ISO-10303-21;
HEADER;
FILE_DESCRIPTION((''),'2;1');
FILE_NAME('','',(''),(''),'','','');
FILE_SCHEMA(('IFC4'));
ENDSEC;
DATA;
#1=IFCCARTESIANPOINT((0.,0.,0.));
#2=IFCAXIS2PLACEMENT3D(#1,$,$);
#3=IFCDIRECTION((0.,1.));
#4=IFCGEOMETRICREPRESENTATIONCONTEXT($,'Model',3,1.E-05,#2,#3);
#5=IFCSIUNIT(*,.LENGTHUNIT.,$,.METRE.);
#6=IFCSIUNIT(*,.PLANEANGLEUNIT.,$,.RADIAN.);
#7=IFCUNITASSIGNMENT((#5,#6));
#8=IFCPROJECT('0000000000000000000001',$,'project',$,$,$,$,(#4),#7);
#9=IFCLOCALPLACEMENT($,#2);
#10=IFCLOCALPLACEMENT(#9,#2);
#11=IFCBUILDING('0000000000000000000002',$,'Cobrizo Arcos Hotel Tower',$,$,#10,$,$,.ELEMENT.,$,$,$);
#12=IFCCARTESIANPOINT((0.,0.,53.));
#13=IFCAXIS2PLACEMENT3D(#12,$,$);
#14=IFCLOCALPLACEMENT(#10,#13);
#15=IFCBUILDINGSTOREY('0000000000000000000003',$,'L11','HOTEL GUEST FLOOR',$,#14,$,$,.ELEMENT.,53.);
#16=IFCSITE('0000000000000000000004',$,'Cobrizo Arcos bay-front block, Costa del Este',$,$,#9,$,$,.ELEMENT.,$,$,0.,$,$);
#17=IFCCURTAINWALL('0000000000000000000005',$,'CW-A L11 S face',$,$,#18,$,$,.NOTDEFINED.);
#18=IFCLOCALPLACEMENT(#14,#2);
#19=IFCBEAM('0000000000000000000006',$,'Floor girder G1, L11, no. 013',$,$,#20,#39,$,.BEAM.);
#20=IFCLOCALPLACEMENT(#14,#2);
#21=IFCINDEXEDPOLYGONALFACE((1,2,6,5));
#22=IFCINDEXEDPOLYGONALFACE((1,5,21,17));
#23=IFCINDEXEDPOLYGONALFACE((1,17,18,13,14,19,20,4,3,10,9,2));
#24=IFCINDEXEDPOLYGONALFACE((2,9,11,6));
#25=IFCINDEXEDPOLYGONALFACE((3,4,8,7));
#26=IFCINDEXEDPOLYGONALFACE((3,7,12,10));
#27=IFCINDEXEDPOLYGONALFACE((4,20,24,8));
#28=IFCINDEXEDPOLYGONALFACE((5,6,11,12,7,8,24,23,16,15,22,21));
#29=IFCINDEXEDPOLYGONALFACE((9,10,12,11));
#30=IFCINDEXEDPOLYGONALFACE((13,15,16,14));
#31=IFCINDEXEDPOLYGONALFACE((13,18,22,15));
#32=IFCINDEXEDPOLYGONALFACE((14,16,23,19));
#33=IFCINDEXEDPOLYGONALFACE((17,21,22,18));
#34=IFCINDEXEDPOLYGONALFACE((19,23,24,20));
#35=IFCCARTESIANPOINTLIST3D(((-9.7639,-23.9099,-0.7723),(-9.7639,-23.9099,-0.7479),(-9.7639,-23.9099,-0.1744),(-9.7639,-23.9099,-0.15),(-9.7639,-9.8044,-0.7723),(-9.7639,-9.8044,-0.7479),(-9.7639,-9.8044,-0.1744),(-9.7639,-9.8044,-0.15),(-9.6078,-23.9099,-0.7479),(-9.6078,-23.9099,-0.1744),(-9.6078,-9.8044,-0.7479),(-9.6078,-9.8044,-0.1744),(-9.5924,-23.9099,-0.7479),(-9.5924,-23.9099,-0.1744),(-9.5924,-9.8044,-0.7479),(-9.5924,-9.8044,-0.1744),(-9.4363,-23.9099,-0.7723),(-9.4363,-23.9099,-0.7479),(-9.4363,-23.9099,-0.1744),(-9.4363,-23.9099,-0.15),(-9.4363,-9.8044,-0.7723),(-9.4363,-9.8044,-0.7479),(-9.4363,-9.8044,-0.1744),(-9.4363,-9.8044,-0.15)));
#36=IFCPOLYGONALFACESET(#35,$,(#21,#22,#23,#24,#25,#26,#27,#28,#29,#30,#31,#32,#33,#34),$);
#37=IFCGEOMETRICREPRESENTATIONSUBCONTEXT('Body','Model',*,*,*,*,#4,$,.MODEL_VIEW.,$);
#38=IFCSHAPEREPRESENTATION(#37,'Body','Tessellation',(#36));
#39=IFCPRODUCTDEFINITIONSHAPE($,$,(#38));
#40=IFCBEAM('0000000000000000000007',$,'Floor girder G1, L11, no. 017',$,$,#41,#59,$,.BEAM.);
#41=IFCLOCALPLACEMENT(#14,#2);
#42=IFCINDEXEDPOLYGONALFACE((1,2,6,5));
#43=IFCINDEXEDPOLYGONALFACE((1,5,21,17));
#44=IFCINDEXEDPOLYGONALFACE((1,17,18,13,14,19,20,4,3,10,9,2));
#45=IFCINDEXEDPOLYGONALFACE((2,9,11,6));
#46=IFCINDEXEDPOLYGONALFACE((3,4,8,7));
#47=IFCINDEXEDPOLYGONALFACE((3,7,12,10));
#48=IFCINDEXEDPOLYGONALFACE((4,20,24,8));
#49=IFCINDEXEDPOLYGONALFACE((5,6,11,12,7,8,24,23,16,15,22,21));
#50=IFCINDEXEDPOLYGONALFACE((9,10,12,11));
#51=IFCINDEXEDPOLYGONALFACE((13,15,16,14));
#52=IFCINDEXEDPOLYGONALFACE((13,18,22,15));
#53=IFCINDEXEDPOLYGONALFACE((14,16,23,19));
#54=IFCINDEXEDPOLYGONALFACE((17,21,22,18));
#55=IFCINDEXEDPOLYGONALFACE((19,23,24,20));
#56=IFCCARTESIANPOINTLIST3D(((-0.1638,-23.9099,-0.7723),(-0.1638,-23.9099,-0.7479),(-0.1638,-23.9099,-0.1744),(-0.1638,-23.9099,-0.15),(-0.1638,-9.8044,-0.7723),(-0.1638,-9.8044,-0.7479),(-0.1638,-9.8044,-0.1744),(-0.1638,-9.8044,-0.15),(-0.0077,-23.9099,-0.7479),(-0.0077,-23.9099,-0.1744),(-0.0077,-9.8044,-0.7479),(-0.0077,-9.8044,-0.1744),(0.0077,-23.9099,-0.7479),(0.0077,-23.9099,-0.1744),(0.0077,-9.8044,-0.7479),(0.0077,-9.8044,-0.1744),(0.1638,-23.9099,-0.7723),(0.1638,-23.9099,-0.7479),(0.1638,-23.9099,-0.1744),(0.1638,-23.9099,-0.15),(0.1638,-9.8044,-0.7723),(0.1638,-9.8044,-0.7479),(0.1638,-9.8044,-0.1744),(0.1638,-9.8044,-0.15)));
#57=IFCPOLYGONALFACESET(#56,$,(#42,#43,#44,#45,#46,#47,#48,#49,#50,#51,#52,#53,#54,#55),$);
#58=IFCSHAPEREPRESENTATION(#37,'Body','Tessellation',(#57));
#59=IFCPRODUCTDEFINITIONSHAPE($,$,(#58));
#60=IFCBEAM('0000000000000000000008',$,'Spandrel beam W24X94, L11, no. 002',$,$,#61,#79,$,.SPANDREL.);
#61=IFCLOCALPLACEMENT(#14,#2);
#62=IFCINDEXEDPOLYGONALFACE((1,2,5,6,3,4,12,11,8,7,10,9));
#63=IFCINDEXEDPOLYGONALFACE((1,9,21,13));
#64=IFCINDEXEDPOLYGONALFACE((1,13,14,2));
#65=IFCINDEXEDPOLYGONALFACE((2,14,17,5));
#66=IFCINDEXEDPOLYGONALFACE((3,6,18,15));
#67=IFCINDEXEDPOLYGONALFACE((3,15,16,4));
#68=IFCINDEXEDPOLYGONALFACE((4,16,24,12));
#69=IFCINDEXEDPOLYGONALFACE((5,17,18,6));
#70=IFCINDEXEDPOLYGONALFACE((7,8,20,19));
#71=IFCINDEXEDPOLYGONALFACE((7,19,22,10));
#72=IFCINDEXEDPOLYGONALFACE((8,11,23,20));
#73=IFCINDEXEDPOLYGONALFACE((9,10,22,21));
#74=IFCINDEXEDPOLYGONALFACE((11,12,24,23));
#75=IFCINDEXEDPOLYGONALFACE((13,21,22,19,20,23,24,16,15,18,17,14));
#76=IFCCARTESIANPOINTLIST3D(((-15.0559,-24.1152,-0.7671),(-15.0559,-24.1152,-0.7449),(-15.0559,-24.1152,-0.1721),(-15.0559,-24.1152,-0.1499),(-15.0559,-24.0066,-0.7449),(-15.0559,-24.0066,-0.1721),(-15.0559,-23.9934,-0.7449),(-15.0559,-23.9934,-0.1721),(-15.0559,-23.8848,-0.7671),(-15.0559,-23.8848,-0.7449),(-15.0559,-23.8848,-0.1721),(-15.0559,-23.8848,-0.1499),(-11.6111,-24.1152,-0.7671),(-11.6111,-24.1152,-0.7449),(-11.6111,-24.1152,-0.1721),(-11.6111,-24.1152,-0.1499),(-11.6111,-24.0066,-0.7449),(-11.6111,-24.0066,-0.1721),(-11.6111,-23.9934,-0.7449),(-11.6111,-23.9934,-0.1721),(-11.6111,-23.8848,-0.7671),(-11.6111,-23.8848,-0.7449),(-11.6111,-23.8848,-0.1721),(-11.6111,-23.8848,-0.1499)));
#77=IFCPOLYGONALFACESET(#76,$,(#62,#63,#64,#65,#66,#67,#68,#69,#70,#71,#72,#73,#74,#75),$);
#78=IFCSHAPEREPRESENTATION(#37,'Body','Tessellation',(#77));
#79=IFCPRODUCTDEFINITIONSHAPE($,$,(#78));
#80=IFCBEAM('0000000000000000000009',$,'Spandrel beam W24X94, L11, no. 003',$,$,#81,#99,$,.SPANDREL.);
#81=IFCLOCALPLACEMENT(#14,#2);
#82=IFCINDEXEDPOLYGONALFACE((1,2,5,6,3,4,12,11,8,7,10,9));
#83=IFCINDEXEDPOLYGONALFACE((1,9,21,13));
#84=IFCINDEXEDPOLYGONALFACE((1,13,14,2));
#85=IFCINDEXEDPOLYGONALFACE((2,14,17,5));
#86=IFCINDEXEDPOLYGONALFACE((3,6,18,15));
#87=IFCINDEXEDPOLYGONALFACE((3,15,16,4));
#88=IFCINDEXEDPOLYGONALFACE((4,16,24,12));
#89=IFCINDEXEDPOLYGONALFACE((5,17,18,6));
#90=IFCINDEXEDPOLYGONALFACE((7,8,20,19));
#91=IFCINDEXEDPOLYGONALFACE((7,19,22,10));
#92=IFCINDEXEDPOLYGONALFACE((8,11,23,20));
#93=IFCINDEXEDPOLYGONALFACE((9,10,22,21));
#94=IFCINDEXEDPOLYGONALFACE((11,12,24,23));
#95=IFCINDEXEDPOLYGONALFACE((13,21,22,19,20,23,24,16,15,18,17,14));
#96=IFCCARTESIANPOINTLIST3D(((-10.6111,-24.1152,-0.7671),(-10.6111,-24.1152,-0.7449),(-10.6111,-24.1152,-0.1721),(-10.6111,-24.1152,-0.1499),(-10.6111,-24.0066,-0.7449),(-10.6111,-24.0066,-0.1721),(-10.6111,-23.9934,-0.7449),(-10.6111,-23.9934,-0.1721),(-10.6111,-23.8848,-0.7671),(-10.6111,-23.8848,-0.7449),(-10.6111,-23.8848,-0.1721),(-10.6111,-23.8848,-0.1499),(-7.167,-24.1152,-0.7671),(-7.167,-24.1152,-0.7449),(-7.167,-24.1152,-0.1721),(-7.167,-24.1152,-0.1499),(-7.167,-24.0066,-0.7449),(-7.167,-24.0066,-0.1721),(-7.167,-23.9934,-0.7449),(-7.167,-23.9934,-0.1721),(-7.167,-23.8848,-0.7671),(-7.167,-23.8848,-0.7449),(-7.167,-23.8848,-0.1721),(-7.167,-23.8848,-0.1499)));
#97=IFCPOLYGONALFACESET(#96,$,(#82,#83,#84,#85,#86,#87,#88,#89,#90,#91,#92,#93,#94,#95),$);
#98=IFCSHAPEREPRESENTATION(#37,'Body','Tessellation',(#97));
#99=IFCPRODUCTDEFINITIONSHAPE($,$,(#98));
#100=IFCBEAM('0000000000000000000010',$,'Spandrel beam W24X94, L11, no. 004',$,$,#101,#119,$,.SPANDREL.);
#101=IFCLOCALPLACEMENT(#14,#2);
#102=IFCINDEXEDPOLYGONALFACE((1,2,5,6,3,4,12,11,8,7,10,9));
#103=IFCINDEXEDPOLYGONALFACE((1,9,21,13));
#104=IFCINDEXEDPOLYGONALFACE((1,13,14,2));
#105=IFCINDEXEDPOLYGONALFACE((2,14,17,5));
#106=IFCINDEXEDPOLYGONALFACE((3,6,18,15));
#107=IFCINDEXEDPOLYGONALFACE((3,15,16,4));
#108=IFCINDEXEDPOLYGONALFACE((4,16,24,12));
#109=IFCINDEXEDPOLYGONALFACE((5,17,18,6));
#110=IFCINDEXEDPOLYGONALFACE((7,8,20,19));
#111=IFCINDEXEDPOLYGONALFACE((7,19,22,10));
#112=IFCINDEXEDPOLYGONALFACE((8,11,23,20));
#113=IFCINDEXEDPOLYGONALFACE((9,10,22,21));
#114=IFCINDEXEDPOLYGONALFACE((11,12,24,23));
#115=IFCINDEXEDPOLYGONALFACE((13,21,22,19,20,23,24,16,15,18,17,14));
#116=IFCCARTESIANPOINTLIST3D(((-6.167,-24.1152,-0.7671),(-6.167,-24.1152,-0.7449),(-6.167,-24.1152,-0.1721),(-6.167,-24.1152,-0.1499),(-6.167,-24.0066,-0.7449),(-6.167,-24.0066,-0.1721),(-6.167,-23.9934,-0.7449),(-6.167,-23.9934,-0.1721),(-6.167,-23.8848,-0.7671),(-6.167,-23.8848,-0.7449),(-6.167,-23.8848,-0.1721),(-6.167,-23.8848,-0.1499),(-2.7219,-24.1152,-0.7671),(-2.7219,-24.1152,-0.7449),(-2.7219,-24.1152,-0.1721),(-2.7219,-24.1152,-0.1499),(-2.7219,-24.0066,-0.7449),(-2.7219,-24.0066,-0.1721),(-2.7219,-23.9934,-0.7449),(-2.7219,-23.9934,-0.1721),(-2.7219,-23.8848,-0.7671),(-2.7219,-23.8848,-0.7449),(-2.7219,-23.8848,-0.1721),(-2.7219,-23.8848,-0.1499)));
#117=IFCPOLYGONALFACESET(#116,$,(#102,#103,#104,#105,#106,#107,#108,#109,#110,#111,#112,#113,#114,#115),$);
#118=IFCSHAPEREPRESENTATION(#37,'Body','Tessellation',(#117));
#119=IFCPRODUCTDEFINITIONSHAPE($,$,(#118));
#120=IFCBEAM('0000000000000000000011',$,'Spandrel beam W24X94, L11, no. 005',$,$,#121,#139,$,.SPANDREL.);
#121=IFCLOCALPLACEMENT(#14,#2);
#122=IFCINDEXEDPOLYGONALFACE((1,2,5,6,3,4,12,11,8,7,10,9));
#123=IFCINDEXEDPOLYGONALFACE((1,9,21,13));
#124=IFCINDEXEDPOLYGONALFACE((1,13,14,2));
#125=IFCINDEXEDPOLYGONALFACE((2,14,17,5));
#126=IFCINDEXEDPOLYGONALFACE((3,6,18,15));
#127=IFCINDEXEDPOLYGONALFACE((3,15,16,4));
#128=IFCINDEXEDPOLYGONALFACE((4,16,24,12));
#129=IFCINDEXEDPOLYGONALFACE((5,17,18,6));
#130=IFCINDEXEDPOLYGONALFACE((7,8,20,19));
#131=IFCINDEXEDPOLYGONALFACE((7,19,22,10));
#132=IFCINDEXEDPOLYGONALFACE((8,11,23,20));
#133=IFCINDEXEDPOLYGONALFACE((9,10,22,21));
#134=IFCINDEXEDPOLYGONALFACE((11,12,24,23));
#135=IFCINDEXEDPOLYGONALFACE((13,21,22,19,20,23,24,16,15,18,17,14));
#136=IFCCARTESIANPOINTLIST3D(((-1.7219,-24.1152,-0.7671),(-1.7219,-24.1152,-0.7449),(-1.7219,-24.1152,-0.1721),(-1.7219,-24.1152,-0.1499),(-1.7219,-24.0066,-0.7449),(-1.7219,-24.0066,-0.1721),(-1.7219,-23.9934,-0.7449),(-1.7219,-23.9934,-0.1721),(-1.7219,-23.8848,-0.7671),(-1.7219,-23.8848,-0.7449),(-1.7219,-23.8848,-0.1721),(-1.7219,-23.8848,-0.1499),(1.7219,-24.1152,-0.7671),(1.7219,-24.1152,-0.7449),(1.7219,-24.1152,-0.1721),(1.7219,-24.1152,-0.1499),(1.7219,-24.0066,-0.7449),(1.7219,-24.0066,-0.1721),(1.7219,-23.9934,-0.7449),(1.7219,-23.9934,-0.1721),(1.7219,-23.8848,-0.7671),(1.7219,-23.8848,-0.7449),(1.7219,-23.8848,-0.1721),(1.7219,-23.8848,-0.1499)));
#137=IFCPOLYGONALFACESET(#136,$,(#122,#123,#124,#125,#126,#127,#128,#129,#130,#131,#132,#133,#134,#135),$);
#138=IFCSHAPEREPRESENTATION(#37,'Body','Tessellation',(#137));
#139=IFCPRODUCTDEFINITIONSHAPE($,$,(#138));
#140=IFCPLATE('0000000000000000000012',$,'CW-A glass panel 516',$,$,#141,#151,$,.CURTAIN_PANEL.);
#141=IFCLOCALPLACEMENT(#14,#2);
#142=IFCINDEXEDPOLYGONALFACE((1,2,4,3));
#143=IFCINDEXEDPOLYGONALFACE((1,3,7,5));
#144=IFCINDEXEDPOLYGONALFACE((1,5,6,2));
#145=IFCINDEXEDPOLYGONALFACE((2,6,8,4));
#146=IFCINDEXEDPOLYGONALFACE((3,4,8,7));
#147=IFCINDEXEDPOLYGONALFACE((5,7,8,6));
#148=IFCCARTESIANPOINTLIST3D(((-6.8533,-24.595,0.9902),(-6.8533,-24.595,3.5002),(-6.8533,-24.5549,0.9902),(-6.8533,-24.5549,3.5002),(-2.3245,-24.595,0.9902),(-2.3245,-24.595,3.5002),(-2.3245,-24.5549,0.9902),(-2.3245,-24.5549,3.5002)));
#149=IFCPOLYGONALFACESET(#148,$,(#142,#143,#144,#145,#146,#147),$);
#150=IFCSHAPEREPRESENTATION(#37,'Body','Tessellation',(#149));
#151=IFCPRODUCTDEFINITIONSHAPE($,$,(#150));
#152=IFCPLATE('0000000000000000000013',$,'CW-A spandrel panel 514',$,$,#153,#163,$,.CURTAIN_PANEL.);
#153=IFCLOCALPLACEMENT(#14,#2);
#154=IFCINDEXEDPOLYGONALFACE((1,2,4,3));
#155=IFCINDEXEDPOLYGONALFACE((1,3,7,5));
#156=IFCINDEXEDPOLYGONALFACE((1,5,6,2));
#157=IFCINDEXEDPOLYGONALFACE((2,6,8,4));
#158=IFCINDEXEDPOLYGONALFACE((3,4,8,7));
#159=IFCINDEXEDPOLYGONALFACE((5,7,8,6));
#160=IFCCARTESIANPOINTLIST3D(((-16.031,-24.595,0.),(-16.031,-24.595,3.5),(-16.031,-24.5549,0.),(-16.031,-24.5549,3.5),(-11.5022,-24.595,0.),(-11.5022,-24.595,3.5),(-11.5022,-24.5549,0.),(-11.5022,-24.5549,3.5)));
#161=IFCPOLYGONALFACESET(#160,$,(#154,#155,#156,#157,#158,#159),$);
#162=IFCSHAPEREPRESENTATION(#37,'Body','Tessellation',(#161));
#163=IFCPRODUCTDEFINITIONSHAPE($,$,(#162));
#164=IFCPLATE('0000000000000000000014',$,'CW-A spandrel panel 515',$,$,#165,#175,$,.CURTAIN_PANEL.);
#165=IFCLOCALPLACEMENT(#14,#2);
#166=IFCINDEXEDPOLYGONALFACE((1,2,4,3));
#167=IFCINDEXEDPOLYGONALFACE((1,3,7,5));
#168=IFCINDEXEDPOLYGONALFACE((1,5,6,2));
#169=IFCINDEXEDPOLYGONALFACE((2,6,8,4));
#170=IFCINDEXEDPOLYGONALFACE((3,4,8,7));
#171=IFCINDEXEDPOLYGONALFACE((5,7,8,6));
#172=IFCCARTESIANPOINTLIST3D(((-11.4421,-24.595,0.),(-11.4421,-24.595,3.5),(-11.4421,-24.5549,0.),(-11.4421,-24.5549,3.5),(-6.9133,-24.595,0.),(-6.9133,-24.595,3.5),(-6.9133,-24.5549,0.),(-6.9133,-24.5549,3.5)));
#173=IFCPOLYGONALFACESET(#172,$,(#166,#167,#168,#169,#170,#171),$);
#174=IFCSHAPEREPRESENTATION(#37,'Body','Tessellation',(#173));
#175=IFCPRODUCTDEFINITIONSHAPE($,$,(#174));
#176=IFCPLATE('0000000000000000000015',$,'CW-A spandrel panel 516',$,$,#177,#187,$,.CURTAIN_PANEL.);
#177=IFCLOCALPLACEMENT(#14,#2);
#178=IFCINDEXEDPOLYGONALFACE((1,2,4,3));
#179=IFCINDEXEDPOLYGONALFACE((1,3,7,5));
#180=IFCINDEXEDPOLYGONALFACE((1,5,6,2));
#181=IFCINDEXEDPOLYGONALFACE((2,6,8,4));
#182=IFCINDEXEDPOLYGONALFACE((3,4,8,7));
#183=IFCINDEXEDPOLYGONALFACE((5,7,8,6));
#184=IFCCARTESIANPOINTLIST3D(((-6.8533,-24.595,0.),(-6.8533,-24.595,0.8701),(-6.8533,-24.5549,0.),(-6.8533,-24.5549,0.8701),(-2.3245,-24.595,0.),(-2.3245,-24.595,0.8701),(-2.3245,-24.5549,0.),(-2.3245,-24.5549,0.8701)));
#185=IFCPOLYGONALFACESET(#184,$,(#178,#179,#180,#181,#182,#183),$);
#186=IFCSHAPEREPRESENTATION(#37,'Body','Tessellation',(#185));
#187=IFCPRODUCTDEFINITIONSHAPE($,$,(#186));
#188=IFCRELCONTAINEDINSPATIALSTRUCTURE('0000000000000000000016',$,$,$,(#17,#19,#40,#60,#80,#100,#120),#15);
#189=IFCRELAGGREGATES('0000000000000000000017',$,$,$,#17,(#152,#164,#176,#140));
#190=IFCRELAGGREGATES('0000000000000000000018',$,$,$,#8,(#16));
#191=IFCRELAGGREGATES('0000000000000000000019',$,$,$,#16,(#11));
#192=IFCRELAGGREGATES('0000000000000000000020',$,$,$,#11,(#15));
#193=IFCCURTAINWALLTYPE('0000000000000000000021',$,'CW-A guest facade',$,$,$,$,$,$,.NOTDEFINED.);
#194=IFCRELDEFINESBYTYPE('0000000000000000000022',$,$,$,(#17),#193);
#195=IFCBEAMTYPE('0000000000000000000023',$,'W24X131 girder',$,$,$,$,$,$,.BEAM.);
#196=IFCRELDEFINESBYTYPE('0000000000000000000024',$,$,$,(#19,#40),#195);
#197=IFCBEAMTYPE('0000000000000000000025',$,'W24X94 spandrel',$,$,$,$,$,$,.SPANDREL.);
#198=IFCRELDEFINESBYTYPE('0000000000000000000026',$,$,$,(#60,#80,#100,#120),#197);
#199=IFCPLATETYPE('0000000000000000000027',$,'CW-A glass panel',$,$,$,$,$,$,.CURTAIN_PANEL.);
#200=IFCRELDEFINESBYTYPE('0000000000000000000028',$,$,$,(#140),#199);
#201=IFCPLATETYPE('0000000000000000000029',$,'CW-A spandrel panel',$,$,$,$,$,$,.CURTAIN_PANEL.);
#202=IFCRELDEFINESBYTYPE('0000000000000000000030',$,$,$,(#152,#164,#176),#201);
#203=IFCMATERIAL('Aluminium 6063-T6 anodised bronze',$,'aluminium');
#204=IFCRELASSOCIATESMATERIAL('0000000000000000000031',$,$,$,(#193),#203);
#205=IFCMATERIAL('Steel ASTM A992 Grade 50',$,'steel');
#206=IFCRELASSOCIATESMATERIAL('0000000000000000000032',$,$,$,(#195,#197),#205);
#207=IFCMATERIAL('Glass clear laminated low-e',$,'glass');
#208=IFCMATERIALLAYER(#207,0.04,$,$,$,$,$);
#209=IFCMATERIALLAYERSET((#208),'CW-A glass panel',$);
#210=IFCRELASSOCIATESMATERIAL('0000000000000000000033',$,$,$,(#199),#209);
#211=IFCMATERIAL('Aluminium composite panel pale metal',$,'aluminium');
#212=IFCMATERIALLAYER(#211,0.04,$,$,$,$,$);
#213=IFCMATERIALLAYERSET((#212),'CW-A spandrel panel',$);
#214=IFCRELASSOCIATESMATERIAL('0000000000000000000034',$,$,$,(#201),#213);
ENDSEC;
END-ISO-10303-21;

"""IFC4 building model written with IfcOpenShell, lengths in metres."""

from ifc_helpers import new_model, si_unit, direction, frame, origin, origin_2d, place, context, subcontext, project, spatial, rectangle, i_section, extrude, material, layer, layer_set, material_profile, profile_set, type_object, element, aggregate, save


model = new_model("IFC4")

# Units and contexts
model_context = context("Model", 3, precision=1e-05, world=origin(), true_north=direction((0.0, 1.0)))
body_context = subcontext(model_context, "Body", "Model", "MODEL_VIEW")
ifc_project = project(units=[si_unit("LENGTHUNIT", "METRE"), si_unit("PLANEANGLEUNIT", "RADIAN")], contexts=[model_context])

# Site, building, storey
site_placement = place(None, origin())
site = spatial("IfcSite", under=ifc_project, at=site_placement, Name="Cobrizo Arcos bay-front block, Costa del Este", CompositionType="ELEMENT", RefElevation=0.0)
building_placement = place(site_placement, origin())
building = spatial("IfcBuilding", under=site, at=building_placement, Name="Cobrizo Arcos Hotel Tower", CompositionType="ELEMENT")
storey_placement = place(building_placement, frame((0.0, 0.0, 53.0)))
storey = spatial("IfcBuildingStorey", under=building, at=storey_placement, Name="L11", Description="HOTEL GUEST FLOOR", CompositionType="ELEMENT", Elevation=53.0)

# Curtain wall
ifc_material_1 = material(Name="Aluminium 6063-T6 anodised bronze", Category="aluminium")
curtain_wall_type = type_object("IfcCurtainWallType", Name="CW-A guest facade", PredefinedType="NOTDEFINED", material=ifc_material_1)
curtain_wall_placement = place(storey_placement, origin())
curtain_wall = element("IfcCurtainWall", 1, at=curtain_wall_placement, inside=storey, type_object=curtain_wall_type, Name="CW-A L11 S face", PredefinedType="NOTDEFINED")

# Beams
ifc_material_2 = material(Name="Steel ASTM A992 Grade 50", Category="steel")
ifc_material_profile_1 = material_profile(ifc_material_2, i_section(OverallWidth=0.3276, OverallDepth=0.6223, WebThickness=0.0154, FlangeThickness=0.0244, at=origin_2d()), Name="W24X131")
ifc_profile_set_1 = profile_set([ifc_material_profile_1], Name="Steel ASTM A992 Grade 50")
beam_type_1 = type_object("IfcBeamType", Name="W24X131 girder", PredefinedType="BEAM", material=ifc_profile_set_1)
for number, where, z_axis, x_axis, name in (
    (2, (-9.6001, -23.9099, -0.4612), (0.0, 1.0, 0.0), (-1.0, 0.0, 0.0), "Floor girder G1, L11, no. 013"),
    (3, (0.0, -23.9099, -0.4612), (0.0, 1.0, 0.0), (-1.0, 0.0, 0.0), "Floor girder G1, L11, no. 017"),
):
    element("IfcBeam", number, at=place(storey_placement, frame(where, z_axis=z_axis, x_axis=x_axis)), inside=storey, type_object=beam_type_1, Name=name, PredefinedType="BEAM", context=body_context, shape_type="SweptSolid", body=[
        extrude(i_section(OverallWidth=0.3276, OverallDepth=0.6223, WebThickness=0.0154, FlangeThickness=0.0244, at=origin_2d()), origin(), (0.0, 0.0, 1.0), 14.1055),
    ])
ifc_material_profile_2 = material_profile(ifc_material_2, i_section(OverallWidth=0.2305, OverallDepth=0.6172, WebThickness=0.0132, FlangeThickness=0.0222, at=origin_2d()), Name="W24X94")
ifc_profile_set_2 = profile_set([ifc_material_profile_2], Name="Steel ASTM A992 Grade 50")
beam_type_2 = type_object("IfcBeamType", Name="W24X94 spandrel", PredefinedType="SPANDREL", material=ifc_profile_set_2)
beam_1_placement = place(storey_placement, frame((-15.0559, -24.0, -0.4585), z_axis=(1.0, 0.0, 0.0), x_axis=(0.0, 1.0, 0.0)))
element("IfcBeam", 4, at=beam_1_placement, inside=storey, type_object=beam_type_2, Name="Spandrel beam W24X94, L11, no. 002", PredefinedType="SPANDREL", context=body_context, shape_type="SweptSolid", body=[
    extrude(i_section(OverallWidth=0.2305, OverallDepth=0.6172, WebThickness=0.0132, FlangeThickness=0.0222, at=origin_2d()), origin(), (0.0, 0.0, 1.0), 3.4448),
])
beam_2_placement = place(storey_placement, frame((-10.6111, -24.0, -0.4585), z_axis=(1.0, 0.0, 0.0), x_axis=(0.0, 1.0, 0.0)))
element("IfcBeam", 5, at=beam_2_placement, inside=storey, type_object=beam_type_2, Name="Spandrel beam W24X94, L11, no. 003", PredefinedType="SPANDREL", context=body_context, shape_type="SweptSolid", body=[
    extrude(i_section(OverallWidth=0.2305, OverallDepth=0.6172, WebThickness=0.0132, FlangeThickness=0.0222, at=origin_2d()), origin(), (0.0, 0.0, 1.0), 3.4441),
])
beam_3_placement = place(storey_placement, frame((-6.167, -24.0, -0.4585), z_axis=(1.0, 0.0, 0.0), x_axis=(0.0, 1.0, 0.0)))
element("IfcBeam", 6, at=beam_3_placement, inside=storey, type_object=beam_type_2, Name="Spandrel beam W24X94, L11, no. 004", PredefinedType="SPANDREL", context=body_context, shape_type="SweptSolid", body=[
    extrude(i_section(OverallWidth=0.2305, OverallDepth=0.6172, WebThickness=0.0132, FlangeThickness=0.0222, at=origin_2d()), origin(), (0.0, 0.0, 1.0), 3.4451),
])
beam_4_placement = place(storey_placement, frame((-1.7219, -24.0, -0.4585), z_axis=(1.0, 0.0, 0.0), x_axis=(0.0, 1.0, 0.0)))
element("IfcBeam", 7, at=beam_4_placement, inside=storey, type_object=beam_type_2, Name="Spandrel beam W24X94, L11, no. 005", PredefinedType="SPANDREL", context=body_context, shape_type="SweptSolid", body=[
    extrude(i_section(OverallWidth=0.2305, OverallDepth=0.6172, WebThickness=0.0132, FlangeThickness=0.0222, at=origin_2d()), origin(), (0.0, 0.0, 1.0), 3.4438),
])

# Plates
ifc_material_3 = material(Name="Glass clear laminated low-e", Category="glass")
ifc_layer_1 = layer(ifc_material_3, 0.04)
ifc_layer_set_1 = layer_set([ifc_layer_1], Name="CW-A glass panel")
plate_type_1 = type_object("IfcPlateType", Name="CW-A glass panel", PredefinedType="CURTAIN_PANEL", material=ifc_layer_set_1)
plate_1_placement = place(storey_placement, frame((-4.5889, -24.575, 0.9902), z_axis=(0.0, 0.0, 1.0), x_axis=(1.0, 0.0, 0.0)))
plate_1 = element("IfcPlate", 8, at=plate_1_placement, type_object=plate_type_1, Name="CW-A glass panel 516", PredefinedType="CURTAIN_PANEL", context=body_context, shape_type="SweptSolid", body=[
    extrude(rectangle(XDim=4.5288, YDim=0.04, at=origin_2d()), origin(), (0.0, 0.0, 1.0), 2.51),
])
ifc_material_4 = material(Name="Aluminium composite panel pale metal", Category="aluminium")
ifc_layer_2 = layer(ifc_material_4, 0.04)
ifc_layer_set_2 = layer_set([ifc_layer_2], Name="CW-A spandrel panel")
plate_type_2 = type_object("IfcPlateType", Name="CW-A spandrel panel", PredefinedType="CURTAIN_PANEL", material=ifc_layer_set_2)
plate_2_placement = place(storey_placement, frame((-13.7666, -24.575, 0.0), z_axis=(0.0, 0.0, 1.0), x_axis=(1.0, 0.0, 0.0)))
plate_2 = element("IfcPlate", 9, at=plate_2_placement, type_object=plate_type_2, Name="CW-A spandrel panel 514", PredefinedType="CURTAIN_PANEL", context=body_context, shape_type="SweptSolid", body=[
    extrude(rectangle(XDim=4.5288, YDim=0.04, at=origin_2d()), origin(), (0.0, 0.0, 1.0), 3.5),
])
plate_3_placement = place(storey_placement, frame((-9.1777, -24.575, 0.0), z_axis=(0.0, 0.0, 1.0), x_axis=(1.0, 0.0, 0.0)))
plate_3 = element("IfcPlate", 10, at=plate_3_placement, type_object=plate_type_2, Name="CW-A spandrel panel 515", PredefinedType="CURTAIN_PANEL", context=body_context, shape_type="SweptSolid", body=[
    extrude(rectangle(XDim=4.5288, YDim=0.04, at=origin_2d()), origin(), (0.0, 0.0, 1.0), 3.5),
])
plate_4_placement = place(storey_placement, frame((-4.5889, -24.575, 0.0), z_axis=(0.0, 0.0, 1.0), x_axis=(1.0, 0.0, 0.0)))
plate_4 = element("IfcPlate", 11, at=plate_4_placement, type_object=plate_type_2, Name="CW-A spandrel panel 516", PredefinedType="CURTAIN_PANEL", context=body_context, shape_type="SweptSolid", body=[
    extrude(rectangle(XDim=4.5288, YDim=0.04, at=origin_2d()), origin(), (0.0, 0.0, 1.0), 0.8701),
])
aggregate(curtain_wall, [plate_2, plate_3, plate_4, plate_1])

save(model, "model.ifc")
